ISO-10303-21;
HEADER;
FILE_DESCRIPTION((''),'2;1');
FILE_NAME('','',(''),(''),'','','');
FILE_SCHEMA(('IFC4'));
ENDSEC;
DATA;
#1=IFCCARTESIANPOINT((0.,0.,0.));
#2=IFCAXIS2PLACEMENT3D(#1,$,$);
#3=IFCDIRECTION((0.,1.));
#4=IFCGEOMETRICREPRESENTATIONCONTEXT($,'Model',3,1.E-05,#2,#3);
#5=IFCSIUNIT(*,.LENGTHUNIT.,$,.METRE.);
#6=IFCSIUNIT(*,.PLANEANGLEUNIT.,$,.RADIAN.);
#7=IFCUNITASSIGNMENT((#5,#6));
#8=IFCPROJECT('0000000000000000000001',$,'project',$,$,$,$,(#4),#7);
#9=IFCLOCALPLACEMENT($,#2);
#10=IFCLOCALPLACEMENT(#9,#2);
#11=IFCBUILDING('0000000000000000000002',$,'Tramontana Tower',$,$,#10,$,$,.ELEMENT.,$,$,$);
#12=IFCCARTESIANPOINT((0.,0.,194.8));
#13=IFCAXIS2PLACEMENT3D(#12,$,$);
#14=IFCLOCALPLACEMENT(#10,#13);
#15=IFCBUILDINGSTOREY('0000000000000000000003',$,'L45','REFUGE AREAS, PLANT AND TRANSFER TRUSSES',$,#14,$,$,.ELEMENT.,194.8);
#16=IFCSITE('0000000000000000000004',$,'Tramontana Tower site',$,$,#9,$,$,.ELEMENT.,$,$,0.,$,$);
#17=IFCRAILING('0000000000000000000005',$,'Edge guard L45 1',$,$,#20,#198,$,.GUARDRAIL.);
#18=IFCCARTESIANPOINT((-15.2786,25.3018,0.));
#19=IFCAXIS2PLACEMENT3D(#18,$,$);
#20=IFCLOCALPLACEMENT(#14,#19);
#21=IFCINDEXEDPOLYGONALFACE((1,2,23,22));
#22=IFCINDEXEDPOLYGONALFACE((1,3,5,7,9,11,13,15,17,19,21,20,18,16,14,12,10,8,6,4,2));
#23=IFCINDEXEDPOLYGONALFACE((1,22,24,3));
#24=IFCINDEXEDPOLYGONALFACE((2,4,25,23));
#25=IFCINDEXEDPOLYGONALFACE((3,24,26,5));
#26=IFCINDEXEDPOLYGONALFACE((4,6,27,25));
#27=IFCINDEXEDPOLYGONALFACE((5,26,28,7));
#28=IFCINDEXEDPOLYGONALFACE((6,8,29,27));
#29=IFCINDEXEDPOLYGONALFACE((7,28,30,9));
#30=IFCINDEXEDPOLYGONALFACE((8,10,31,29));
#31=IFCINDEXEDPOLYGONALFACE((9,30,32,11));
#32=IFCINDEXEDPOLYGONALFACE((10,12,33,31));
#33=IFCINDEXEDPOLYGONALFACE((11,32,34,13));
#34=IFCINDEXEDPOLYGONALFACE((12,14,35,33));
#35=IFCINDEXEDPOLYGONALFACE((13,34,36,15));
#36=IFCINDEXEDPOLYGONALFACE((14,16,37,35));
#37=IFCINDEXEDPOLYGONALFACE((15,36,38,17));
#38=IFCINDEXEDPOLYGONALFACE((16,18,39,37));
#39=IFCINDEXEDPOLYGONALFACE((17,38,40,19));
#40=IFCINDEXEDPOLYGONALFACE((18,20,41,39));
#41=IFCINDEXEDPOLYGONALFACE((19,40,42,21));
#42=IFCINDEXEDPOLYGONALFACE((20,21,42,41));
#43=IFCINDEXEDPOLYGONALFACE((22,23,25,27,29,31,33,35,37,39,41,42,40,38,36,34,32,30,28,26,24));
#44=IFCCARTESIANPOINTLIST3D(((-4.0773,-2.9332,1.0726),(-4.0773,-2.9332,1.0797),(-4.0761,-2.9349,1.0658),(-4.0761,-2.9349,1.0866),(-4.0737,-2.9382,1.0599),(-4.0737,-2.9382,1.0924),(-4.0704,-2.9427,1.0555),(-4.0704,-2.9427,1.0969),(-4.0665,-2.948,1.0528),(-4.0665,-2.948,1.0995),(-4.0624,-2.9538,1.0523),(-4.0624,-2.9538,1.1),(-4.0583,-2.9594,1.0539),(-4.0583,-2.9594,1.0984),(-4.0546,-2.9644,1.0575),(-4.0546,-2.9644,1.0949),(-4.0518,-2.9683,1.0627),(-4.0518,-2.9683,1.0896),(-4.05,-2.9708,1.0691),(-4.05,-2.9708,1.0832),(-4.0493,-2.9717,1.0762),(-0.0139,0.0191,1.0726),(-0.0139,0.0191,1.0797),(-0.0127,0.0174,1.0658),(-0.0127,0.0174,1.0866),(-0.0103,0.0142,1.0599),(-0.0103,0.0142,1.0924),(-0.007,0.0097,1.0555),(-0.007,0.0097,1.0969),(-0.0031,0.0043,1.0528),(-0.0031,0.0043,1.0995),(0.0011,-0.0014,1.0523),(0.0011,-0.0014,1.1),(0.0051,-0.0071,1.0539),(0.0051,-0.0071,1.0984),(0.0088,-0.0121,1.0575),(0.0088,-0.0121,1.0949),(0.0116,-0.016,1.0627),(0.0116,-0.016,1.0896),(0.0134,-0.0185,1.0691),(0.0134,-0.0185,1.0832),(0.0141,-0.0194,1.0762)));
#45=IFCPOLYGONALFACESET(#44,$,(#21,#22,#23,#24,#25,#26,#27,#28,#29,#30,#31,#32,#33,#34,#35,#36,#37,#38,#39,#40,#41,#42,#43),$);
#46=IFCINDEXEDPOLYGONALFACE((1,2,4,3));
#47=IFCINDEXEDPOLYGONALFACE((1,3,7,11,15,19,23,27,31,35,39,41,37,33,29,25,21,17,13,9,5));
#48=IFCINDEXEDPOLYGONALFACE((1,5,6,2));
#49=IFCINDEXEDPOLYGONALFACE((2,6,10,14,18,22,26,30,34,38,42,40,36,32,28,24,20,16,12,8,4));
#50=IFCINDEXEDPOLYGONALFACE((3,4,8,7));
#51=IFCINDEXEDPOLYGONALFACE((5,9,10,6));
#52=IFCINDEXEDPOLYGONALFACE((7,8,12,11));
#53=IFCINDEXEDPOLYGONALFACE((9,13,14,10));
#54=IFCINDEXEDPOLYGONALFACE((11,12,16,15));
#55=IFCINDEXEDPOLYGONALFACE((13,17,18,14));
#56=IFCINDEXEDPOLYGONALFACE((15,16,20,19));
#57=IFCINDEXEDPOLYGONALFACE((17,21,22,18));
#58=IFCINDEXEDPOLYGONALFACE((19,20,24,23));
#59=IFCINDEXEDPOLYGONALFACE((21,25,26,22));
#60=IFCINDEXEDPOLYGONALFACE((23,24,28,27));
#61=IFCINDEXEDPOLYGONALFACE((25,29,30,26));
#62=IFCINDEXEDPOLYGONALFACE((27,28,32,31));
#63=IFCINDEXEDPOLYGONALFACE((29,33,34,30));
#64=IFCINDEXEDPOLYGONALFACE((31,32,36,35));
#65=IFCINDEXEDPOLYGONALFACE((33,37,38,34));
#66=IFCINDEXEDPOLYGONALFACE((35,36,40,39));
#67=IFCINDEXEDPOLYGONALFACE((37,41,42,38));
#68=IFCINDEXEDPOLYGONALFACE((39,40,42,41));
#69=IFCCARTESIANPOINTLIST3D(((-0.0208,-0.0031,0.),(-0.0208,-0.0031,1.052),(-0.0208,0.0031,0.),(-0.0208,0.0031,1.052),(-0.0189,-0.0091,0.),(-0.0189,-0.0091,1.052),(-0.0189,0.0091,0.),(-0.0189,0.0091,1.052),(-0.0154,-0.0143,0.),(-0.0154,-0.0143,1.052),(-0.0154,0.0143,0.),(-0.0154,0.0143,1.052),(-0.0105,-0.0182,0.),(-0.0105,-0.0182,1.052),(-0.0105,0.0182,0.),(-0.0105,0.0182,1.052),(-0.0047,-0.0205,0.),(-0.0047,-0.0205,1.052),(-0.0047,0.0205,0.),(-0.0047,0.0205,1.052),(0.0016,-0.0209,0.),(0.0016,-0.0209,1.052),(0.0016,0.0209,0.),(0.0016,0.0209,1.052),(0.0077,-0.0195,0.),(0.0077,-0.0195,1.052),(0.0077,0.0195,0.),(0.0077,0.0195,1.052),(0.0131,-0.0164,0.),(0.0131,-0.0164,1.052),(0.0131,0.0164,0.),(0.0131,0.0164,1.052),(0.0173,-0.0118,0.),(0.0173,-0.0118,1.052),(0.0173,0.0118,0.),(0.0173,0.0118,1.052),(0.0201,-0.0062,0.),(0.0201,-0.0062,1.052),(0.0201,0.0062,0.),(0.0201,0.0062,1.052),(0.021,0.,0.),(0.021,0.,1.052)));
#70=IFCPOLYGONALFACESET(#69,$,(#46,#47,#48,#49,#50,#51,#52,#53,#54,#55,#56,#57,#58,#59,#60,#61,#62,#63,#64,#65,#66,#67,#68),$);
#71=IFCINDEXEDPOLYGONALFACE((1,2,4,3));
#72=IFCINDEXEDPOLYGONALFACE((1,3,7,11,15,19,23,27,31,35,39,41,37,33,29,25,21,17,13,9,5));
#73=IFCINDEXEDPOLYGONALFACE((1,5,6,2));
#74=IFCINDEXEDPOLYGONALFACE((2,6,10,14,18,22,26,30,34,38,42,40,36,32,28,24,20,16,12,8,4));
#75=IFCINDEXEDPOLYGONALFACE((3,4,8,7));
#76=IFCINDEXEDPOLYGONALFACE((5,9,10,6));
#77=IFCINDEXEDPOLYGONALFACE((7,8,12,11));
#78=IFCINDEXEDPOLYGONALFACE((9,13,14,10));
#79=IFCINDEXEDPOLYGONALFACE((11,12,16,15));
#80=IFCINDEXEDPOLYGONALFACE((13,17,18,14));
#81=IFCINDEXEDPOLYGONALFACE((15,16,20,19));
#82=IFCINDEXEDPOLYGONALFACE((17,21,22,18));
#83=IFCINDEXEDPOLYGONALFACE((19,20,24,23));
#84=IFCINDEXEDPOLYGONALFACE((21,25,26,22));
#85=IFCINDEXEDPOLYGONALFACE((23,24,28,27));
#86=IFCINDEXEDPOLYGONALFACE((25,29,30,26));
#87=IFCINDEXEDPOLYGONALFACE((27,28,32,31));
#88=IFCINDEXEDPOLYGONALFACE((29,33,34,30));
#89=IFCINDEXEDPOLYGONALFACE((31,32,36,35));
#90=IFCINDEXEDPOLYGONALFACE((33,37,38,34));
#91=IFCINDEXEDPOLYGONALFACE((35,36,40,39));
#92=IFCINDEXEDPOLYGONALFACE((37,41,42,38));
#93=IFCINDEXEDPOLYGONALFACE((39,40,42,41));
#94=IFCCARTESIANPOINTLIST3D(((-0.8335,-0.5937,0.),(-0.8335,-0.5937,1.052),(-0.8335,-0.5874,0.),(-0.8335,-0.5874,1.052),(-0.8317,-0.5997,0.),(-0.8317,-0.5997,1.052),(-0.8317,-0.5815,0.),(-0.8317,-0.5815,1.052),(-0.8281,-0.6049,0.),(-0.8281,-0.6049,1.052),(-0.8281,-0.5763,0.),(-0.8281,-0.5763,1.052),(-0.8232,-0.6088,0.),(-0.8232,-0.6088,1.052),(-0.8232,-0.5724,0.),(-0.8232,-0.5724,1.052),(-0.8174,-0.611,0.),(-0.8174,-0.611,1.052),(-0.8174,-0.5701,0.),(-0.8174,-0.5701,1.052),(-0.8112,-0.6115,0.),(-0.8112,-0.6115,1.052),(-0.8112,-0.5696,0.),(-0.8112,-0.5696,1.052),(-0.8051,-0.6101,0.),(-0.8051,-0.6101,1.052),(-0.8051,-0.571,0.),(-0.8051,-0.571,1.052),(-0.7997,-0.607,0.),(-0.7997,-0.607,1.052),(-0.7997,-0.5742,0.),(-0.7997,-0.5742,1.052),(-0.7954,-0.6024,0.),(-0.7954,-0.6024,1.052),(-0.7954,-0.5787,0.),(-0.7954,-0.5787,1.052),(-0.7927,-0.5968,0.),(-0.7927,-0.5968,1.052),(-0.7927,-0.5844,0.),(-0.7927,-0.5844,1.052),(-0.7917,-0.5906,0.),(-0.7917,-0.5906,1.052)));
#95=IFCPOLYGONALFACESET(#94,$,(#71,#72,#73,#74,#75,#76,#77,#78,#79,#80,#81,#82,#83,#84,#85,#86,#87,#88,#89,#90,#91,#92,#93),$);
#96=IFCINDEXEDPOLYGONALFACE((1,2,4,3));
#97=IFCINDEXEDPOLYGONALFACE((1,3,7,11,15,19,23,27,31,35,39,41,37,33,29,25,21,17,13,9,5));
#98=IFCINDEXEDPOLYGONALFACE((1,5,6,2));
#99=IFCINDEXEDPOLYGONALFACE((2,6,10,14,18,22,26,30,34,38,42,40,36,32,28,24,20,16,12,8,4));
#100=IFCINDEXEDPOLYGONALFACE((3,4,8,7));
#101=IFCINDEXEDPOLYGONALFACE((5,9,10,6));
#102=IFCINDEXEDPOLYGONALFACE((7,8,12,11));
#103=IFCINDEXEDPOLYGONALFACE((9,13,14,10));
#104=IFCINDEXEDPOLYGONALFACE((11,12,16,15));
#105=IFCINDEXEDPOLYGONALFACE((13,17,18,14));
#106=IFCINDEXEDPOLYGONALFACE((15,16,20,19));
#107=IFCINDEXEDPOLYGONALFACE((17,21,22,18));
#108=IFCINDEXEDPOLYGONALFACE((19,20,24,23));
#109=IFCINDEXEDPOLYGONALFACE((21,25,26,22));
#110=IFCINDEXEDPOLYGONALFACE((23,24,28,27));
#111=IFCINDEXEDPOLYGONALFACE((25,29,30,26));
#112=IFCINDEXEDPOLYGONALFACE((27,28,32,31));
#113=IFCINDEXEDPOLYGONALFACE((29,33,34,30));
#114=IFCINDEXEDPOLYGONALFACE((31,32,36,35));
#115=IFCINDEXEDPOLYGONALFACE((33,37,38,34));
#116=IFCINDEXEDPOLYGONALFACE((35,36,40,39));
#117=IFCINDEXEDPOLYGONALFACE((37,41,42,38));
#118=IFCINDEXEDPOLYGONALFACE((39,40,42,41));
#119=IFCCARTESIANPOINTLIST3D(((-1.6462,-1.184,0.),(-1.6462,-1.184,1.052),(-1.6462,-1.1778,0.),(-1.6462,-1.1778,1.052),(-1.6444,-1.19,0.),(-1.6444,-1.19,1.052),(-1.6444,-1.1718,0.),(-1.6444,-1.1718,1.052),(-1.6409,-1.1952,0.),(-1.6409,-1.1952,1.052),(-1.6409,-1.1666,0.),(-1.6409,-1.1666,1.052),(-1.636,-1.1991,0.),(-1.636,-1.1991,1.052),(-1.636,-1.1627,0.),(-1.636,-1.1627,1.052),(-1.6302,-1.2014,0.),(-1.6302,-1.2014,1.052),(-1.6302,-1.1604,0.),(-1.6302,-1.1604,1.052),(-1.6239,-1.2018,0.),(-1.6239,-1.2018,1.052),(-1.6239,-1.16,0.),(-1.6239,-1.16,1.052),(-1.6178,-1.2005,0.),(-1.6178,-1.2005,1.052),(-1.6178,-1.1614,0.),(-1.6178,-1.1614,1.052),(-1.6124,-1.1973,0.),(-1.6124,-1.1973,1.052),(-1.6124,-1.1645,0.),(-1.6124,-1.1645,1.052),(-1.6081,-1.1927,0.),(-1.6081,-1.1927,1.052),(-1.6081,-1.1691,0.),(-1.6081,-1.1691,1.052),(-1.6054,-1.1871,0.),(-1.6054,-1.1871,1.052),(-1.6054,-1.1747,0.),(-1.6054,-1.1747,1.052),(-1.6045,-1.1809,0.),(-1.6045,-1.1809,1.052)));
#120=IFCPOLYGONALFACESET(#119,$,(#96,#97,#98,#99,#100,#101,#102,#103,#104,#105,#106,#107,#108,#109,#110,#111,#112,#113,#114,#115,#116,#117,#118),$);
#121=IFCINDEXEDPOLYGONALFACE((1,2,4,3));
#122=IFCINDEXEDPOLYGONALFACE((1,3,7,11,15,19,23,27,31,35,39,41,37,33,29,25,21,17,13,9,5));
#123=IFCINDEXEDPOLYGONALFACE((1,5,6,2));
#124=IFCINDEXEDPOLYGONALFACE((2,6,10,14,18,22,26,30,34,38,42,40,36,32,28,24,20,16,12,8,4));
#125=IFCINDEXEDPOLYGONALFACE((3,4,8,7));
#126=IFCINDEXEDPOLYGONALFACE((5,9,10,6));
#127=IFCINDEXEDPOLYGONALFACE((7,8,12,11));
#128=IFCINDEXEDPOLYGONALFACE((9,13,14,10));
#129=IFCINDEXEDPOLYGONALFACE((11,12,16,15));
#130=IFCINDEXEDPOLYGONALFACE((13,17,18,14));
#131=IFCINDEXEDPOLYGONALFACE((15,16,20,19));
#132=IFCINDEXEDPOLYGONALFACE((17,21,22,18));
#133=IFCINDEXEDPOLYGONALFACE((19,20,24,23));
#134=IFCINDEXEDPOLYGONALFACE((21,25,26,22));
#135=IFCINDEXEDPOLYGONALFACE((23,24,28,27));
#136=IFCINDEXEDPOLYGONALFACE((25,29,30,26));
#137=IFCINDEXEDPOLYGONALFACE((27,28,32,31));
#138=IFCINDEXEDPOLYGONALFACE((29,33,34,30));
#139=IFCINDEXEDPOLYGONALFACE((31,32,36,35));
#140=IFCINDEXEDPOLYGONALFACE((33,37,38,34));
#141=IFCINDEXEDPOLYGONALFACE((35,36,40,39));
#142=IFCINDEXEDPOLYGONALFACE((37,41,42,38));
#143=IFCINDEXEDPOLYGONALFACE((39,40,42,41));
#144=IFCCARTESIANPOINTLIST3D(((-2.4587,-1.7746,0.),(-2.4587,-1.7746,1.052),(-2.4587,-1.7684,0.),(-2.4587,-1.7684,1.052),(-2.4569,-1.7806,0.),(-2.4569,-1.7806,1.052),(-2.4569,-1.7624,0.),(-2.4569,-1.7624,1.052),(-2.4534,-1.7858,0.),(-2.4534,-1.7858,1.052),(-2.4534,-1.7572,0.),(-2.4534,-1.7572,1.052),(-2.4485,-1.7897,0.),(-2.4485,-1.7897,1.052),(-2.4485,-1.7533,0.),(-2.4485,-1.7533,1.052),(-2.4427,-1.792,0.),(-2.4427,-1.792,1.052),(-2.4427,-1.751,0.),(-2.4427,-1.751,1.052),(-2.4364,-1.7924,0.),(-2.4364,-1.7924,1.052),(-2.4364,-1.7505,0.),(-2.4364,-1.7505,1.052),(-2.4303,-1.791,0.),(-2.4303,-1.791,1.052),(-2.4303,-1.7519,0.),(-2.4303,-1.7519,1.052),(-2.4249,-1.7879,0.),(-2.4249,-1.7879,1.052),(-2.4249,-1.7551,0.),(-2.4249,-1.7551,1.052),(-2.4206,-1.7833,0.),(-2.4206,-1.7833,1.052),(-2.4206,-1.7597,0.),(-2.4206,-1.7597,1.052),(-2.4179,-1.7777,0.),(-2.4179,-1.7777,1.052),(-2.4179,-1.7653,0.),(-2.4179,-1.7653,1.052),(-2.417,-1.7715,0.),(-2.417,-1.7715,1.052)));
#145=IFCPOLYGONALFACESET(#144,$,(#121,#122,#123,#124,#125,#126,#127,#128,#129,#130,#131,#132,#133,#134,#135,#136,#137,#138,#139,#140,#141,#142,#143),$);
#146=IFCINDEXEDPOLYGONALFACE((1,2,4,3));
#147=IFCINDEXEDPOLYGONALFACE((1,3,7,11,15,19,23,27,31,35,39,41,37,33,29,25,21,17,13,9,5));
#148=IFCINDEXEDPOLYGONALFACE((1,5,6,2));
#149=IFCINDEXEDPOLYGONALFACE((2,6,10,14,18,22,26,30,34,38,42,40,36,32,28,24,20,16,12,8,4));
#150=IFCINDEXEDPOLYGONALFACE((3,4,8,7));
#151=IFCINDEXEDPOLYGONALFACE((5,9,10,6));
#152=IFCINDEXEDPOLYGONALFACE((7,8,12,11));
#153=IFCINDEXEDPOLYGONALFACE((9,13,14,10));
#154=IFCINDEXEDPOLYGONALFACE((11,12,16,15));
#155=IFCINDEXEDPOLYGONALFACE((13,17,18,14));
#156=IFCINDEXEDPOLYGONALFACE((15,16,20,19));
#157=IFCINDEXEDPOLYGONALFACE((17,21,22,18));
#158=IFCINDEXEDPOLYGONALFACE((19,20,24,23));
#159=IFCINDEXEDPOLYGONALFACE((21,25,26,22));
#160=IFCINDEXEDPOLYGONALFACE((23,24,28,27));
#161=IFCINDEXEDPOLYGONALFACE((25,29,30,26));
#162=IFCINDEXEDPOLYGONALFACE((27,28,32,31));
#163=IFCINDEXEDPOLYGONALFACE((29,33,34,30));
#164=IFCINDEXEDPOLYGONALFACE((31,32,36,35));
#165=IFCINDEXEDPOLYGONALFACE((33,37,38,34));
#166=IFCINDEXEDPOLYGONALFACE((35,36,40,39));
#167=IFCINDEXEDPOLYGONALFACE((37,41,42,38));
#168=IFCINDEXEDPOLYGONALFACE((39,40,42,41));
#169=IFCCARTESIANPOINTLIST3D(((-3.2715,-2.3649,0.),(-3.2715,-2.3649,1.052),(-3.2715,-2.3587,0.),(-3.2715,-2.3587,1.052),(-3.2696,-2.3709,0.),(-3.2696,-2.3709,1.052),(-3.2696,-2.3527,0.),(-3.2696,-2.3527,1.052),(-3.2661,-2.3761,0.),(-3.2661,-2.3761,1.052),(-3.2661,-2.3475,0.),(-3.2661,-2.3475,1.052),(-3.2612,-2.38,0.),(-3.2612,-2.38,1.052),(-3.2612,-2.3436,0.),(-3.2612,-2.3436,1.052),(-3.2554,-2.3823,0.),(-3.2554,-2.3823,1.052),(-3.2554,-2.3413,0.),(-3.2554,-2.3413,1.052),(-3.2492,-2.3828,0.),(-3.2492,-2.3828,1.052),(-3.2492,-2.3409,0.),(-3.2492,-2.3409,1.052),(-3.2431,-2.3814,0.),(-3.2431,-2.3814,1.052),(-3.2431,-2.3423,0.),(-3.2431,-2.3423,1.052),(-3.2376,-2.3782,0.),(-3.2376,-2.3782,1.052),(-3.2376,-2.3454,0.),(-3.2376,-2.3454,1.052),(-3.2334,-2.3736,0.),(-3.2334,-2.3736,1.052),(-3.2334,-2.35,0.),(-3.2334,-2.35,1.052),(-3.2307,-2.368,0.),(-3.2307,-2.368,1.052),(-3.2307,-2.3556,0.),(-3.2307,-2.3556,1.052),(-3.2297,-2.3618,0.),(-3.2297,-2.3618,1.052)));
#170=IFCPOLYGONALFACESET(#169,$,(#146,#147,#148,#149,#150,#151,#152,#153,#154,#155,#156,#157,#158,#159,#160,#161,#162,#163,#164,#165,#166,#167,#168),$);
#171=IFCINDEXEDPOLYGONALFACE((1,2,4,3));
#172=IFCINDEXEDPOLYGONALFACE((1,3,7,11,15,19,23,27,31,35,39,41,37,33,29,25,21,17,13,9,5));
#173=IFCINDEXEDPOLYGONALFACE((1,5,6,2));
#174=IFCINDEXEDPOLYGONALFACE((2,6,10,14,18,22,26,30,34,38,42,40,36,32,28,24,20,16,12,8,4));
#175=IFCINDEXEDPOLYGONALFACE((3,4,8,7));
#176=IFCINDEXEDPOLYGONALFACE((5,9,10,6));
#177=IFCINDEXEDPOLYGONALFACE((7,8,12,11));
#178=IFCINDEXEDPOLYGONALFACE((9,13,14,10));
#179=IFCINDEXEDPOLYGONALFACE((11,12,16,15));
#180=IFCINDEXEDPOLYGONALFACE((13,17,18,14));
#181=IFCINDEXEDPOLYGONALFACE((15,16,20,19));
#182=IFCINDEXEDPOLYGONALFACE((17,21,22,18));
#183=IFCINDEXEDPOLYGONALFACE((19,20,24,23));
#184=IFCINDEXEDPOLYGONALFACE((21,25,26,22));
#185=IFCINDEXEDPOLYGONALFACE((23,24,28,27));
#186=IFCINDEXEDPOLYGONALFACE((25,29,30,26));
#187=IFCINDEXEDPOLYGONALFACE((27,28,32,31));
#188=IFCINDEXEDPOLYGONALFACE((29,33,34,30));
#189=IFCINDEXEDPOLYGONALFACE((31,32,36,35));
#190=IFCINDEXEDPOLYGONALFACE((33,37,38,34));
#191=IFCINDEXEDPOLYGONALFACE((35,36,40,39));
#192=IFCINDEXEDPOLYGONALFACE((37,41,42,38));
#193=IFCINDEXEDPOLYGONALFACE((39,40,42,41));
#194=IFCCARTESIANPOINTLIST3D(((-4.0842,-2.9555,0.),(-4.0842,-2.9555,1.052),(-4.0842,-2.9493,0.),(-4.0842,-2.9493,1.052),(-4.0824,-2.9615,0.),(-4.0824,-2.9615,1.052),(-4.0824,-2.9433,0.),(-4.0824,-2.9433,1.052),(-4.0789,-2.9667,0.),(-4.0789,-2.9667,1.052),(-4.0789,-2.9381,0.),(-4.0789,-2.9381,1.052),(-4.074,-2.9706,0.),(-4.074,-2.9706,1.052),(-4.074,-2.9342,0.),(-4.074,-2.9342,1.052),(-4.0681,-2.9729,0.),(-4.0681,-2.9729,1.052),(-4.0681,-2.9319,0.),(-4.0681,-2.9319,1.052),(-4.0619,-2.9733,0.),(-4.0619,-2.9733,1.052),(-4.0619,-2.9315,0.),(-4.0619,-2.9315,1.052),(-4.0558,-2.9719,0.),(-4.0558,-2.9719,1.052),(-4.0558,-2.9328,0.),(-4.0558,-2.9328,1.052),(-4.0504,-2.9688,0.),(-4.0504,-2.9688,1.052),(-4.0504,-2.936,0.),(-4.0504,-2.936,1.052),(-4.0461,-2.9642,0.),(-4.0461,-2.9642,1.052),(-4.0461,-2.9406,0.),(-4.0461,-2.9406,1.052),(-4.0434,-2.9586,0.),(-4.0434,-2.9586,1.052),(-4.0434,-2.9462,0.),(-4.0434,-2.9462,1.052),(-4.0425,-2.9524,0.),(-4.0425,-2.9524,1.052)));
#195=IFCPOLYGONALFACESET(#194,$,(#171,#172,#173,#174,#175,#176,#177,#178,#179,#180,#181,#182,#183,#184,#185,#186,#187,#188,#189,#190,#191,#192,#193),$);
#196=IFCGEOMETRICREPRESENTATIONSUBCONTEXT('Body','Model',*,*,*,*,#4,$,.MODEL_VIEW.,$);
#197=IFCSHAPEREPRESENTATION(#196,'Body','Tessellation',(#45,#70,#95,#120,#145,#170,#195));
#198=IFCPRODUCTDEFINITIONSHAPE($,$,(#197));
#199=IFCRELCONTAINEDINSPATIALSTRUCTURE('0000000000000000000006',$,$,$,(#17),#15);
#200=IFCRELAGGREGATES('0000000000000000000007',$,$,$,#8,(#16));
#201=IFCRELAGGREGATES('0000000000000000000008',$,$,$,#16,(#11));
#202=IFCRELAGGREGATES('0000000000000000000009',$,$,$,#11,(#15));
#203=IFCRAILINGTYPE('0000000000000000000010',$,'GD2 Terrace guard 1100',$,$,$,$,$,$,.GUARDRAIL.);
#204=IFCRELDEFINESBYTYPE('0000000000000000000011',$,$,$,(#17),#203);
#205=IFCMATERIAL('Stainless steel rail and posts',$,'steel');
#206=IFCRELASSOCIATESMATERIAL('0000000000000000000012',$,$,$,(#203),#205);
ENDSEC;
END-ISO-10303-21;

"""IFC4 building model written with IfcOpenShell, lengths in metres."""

from ifc_helpers import new_model, si_unit, direction, frame, origin, origin_2d, place, context, subcontext, project, spatial, circle, extrude, material, type_object, element, save


model = new_model("IFC4")

# Units and contexts
model_context = context("Model", 3, precision=1e-05, world=origin(), true_north=direction((0.0, 1.0)))
body_context = subcontext(model_context, "Body", "Model", "MODEL_VIEW")
ifc_project = project(units=[si_unit("LENGTHUNIT", "METRE"), si_unit("PLANEANGLEUNIT", "RADIAN")], contexts=[model_context])

# Site, building, storey
site_placement = place(None, origin())
site = spatial("IfcSite", under=ifc_project, at=site_placement, Name="Tramontana Tower site", CompositionType="ELEMENT", RefElevation=0.0)
building_placement = place(site_placement, origin())
building = spatial("IfcBuilding", under=site, at=building_placement, Name="Tramontana Tower", CompositionType="ELEMENT")
storey_placement = place(building_placement, frame((0.0, 0.0, 194.8)))
storey = spatial("IfcBuildingStorey", under=building, at=storey_placement, Name="L45", Description="REFUGE AREAS, PLANT AND TRANSFER TRUSSES", CompositionType="ELEMENT", Elevation=194.8)

# Railing
ifc_material_1 = material(Name="Stainless steel rail and posts", Category="steel")
railing_type = type_object("IfcRailingType", Name="GD2 Terrace guard 1100", PredefinedType="GUARDRAIL", material=ifc_material_1)
railing_1_placement = place(storey_placement, frame((-15.2786, 25.3018, 0.0)))
element("IfcRailing", 1, at=railing_1_placement, inside=storey, type_object=railing_type, Name="Edge guard L45 1", PredefinedType="GUARDRAIL", context=body_context, shape_type="SweptSolid", body=[
    extrude(circle(Radius=0.0239, at=origin_2d()), frame((0.0, 0.0, 1.0762), z_axis=(-0.809007, -0.587799, 0.0), x_axis=(0.587799, -0.809007, 0.0)), (0.0, 0.0, 1.0), 5.0227),
    extrude(circle(Radius=0.021, at=origin_2d()), origin(), (0.0, 0.0, 1.0), 1.052),
    extrude(circle(Radius=0.021, at=origin_2d()), frame((-0.8127, -0.5906, 0.0)), (0.0, 0.0, 1.0), 1.052),
    extrude(circle(Radius=0.021, at=origin_2d()), frame((-1.6255, -1.1809, 0.0)), (0.0, 0.0, 1.0), 1.052),
    extrude(circle(Radius=0.021, at=origin_2d()), frame((-2.438, -1.7715, 0.0)), (0.0, 0.0, 1.0), 1.052),
    extrude(circle(Radius=0.021, at=origin_2d()), frame((-3.2507, -2.3618, 0.0)), (0.0, 0.0, 1.0), 1.052),
    extrude(circle(Radius=0.021, at=origin_2d()), frame((-4.0635, -2.9524, 0.0)), (0.0, 0.0, 1.0), 1.052),
])

save(model, "model.ifc")
